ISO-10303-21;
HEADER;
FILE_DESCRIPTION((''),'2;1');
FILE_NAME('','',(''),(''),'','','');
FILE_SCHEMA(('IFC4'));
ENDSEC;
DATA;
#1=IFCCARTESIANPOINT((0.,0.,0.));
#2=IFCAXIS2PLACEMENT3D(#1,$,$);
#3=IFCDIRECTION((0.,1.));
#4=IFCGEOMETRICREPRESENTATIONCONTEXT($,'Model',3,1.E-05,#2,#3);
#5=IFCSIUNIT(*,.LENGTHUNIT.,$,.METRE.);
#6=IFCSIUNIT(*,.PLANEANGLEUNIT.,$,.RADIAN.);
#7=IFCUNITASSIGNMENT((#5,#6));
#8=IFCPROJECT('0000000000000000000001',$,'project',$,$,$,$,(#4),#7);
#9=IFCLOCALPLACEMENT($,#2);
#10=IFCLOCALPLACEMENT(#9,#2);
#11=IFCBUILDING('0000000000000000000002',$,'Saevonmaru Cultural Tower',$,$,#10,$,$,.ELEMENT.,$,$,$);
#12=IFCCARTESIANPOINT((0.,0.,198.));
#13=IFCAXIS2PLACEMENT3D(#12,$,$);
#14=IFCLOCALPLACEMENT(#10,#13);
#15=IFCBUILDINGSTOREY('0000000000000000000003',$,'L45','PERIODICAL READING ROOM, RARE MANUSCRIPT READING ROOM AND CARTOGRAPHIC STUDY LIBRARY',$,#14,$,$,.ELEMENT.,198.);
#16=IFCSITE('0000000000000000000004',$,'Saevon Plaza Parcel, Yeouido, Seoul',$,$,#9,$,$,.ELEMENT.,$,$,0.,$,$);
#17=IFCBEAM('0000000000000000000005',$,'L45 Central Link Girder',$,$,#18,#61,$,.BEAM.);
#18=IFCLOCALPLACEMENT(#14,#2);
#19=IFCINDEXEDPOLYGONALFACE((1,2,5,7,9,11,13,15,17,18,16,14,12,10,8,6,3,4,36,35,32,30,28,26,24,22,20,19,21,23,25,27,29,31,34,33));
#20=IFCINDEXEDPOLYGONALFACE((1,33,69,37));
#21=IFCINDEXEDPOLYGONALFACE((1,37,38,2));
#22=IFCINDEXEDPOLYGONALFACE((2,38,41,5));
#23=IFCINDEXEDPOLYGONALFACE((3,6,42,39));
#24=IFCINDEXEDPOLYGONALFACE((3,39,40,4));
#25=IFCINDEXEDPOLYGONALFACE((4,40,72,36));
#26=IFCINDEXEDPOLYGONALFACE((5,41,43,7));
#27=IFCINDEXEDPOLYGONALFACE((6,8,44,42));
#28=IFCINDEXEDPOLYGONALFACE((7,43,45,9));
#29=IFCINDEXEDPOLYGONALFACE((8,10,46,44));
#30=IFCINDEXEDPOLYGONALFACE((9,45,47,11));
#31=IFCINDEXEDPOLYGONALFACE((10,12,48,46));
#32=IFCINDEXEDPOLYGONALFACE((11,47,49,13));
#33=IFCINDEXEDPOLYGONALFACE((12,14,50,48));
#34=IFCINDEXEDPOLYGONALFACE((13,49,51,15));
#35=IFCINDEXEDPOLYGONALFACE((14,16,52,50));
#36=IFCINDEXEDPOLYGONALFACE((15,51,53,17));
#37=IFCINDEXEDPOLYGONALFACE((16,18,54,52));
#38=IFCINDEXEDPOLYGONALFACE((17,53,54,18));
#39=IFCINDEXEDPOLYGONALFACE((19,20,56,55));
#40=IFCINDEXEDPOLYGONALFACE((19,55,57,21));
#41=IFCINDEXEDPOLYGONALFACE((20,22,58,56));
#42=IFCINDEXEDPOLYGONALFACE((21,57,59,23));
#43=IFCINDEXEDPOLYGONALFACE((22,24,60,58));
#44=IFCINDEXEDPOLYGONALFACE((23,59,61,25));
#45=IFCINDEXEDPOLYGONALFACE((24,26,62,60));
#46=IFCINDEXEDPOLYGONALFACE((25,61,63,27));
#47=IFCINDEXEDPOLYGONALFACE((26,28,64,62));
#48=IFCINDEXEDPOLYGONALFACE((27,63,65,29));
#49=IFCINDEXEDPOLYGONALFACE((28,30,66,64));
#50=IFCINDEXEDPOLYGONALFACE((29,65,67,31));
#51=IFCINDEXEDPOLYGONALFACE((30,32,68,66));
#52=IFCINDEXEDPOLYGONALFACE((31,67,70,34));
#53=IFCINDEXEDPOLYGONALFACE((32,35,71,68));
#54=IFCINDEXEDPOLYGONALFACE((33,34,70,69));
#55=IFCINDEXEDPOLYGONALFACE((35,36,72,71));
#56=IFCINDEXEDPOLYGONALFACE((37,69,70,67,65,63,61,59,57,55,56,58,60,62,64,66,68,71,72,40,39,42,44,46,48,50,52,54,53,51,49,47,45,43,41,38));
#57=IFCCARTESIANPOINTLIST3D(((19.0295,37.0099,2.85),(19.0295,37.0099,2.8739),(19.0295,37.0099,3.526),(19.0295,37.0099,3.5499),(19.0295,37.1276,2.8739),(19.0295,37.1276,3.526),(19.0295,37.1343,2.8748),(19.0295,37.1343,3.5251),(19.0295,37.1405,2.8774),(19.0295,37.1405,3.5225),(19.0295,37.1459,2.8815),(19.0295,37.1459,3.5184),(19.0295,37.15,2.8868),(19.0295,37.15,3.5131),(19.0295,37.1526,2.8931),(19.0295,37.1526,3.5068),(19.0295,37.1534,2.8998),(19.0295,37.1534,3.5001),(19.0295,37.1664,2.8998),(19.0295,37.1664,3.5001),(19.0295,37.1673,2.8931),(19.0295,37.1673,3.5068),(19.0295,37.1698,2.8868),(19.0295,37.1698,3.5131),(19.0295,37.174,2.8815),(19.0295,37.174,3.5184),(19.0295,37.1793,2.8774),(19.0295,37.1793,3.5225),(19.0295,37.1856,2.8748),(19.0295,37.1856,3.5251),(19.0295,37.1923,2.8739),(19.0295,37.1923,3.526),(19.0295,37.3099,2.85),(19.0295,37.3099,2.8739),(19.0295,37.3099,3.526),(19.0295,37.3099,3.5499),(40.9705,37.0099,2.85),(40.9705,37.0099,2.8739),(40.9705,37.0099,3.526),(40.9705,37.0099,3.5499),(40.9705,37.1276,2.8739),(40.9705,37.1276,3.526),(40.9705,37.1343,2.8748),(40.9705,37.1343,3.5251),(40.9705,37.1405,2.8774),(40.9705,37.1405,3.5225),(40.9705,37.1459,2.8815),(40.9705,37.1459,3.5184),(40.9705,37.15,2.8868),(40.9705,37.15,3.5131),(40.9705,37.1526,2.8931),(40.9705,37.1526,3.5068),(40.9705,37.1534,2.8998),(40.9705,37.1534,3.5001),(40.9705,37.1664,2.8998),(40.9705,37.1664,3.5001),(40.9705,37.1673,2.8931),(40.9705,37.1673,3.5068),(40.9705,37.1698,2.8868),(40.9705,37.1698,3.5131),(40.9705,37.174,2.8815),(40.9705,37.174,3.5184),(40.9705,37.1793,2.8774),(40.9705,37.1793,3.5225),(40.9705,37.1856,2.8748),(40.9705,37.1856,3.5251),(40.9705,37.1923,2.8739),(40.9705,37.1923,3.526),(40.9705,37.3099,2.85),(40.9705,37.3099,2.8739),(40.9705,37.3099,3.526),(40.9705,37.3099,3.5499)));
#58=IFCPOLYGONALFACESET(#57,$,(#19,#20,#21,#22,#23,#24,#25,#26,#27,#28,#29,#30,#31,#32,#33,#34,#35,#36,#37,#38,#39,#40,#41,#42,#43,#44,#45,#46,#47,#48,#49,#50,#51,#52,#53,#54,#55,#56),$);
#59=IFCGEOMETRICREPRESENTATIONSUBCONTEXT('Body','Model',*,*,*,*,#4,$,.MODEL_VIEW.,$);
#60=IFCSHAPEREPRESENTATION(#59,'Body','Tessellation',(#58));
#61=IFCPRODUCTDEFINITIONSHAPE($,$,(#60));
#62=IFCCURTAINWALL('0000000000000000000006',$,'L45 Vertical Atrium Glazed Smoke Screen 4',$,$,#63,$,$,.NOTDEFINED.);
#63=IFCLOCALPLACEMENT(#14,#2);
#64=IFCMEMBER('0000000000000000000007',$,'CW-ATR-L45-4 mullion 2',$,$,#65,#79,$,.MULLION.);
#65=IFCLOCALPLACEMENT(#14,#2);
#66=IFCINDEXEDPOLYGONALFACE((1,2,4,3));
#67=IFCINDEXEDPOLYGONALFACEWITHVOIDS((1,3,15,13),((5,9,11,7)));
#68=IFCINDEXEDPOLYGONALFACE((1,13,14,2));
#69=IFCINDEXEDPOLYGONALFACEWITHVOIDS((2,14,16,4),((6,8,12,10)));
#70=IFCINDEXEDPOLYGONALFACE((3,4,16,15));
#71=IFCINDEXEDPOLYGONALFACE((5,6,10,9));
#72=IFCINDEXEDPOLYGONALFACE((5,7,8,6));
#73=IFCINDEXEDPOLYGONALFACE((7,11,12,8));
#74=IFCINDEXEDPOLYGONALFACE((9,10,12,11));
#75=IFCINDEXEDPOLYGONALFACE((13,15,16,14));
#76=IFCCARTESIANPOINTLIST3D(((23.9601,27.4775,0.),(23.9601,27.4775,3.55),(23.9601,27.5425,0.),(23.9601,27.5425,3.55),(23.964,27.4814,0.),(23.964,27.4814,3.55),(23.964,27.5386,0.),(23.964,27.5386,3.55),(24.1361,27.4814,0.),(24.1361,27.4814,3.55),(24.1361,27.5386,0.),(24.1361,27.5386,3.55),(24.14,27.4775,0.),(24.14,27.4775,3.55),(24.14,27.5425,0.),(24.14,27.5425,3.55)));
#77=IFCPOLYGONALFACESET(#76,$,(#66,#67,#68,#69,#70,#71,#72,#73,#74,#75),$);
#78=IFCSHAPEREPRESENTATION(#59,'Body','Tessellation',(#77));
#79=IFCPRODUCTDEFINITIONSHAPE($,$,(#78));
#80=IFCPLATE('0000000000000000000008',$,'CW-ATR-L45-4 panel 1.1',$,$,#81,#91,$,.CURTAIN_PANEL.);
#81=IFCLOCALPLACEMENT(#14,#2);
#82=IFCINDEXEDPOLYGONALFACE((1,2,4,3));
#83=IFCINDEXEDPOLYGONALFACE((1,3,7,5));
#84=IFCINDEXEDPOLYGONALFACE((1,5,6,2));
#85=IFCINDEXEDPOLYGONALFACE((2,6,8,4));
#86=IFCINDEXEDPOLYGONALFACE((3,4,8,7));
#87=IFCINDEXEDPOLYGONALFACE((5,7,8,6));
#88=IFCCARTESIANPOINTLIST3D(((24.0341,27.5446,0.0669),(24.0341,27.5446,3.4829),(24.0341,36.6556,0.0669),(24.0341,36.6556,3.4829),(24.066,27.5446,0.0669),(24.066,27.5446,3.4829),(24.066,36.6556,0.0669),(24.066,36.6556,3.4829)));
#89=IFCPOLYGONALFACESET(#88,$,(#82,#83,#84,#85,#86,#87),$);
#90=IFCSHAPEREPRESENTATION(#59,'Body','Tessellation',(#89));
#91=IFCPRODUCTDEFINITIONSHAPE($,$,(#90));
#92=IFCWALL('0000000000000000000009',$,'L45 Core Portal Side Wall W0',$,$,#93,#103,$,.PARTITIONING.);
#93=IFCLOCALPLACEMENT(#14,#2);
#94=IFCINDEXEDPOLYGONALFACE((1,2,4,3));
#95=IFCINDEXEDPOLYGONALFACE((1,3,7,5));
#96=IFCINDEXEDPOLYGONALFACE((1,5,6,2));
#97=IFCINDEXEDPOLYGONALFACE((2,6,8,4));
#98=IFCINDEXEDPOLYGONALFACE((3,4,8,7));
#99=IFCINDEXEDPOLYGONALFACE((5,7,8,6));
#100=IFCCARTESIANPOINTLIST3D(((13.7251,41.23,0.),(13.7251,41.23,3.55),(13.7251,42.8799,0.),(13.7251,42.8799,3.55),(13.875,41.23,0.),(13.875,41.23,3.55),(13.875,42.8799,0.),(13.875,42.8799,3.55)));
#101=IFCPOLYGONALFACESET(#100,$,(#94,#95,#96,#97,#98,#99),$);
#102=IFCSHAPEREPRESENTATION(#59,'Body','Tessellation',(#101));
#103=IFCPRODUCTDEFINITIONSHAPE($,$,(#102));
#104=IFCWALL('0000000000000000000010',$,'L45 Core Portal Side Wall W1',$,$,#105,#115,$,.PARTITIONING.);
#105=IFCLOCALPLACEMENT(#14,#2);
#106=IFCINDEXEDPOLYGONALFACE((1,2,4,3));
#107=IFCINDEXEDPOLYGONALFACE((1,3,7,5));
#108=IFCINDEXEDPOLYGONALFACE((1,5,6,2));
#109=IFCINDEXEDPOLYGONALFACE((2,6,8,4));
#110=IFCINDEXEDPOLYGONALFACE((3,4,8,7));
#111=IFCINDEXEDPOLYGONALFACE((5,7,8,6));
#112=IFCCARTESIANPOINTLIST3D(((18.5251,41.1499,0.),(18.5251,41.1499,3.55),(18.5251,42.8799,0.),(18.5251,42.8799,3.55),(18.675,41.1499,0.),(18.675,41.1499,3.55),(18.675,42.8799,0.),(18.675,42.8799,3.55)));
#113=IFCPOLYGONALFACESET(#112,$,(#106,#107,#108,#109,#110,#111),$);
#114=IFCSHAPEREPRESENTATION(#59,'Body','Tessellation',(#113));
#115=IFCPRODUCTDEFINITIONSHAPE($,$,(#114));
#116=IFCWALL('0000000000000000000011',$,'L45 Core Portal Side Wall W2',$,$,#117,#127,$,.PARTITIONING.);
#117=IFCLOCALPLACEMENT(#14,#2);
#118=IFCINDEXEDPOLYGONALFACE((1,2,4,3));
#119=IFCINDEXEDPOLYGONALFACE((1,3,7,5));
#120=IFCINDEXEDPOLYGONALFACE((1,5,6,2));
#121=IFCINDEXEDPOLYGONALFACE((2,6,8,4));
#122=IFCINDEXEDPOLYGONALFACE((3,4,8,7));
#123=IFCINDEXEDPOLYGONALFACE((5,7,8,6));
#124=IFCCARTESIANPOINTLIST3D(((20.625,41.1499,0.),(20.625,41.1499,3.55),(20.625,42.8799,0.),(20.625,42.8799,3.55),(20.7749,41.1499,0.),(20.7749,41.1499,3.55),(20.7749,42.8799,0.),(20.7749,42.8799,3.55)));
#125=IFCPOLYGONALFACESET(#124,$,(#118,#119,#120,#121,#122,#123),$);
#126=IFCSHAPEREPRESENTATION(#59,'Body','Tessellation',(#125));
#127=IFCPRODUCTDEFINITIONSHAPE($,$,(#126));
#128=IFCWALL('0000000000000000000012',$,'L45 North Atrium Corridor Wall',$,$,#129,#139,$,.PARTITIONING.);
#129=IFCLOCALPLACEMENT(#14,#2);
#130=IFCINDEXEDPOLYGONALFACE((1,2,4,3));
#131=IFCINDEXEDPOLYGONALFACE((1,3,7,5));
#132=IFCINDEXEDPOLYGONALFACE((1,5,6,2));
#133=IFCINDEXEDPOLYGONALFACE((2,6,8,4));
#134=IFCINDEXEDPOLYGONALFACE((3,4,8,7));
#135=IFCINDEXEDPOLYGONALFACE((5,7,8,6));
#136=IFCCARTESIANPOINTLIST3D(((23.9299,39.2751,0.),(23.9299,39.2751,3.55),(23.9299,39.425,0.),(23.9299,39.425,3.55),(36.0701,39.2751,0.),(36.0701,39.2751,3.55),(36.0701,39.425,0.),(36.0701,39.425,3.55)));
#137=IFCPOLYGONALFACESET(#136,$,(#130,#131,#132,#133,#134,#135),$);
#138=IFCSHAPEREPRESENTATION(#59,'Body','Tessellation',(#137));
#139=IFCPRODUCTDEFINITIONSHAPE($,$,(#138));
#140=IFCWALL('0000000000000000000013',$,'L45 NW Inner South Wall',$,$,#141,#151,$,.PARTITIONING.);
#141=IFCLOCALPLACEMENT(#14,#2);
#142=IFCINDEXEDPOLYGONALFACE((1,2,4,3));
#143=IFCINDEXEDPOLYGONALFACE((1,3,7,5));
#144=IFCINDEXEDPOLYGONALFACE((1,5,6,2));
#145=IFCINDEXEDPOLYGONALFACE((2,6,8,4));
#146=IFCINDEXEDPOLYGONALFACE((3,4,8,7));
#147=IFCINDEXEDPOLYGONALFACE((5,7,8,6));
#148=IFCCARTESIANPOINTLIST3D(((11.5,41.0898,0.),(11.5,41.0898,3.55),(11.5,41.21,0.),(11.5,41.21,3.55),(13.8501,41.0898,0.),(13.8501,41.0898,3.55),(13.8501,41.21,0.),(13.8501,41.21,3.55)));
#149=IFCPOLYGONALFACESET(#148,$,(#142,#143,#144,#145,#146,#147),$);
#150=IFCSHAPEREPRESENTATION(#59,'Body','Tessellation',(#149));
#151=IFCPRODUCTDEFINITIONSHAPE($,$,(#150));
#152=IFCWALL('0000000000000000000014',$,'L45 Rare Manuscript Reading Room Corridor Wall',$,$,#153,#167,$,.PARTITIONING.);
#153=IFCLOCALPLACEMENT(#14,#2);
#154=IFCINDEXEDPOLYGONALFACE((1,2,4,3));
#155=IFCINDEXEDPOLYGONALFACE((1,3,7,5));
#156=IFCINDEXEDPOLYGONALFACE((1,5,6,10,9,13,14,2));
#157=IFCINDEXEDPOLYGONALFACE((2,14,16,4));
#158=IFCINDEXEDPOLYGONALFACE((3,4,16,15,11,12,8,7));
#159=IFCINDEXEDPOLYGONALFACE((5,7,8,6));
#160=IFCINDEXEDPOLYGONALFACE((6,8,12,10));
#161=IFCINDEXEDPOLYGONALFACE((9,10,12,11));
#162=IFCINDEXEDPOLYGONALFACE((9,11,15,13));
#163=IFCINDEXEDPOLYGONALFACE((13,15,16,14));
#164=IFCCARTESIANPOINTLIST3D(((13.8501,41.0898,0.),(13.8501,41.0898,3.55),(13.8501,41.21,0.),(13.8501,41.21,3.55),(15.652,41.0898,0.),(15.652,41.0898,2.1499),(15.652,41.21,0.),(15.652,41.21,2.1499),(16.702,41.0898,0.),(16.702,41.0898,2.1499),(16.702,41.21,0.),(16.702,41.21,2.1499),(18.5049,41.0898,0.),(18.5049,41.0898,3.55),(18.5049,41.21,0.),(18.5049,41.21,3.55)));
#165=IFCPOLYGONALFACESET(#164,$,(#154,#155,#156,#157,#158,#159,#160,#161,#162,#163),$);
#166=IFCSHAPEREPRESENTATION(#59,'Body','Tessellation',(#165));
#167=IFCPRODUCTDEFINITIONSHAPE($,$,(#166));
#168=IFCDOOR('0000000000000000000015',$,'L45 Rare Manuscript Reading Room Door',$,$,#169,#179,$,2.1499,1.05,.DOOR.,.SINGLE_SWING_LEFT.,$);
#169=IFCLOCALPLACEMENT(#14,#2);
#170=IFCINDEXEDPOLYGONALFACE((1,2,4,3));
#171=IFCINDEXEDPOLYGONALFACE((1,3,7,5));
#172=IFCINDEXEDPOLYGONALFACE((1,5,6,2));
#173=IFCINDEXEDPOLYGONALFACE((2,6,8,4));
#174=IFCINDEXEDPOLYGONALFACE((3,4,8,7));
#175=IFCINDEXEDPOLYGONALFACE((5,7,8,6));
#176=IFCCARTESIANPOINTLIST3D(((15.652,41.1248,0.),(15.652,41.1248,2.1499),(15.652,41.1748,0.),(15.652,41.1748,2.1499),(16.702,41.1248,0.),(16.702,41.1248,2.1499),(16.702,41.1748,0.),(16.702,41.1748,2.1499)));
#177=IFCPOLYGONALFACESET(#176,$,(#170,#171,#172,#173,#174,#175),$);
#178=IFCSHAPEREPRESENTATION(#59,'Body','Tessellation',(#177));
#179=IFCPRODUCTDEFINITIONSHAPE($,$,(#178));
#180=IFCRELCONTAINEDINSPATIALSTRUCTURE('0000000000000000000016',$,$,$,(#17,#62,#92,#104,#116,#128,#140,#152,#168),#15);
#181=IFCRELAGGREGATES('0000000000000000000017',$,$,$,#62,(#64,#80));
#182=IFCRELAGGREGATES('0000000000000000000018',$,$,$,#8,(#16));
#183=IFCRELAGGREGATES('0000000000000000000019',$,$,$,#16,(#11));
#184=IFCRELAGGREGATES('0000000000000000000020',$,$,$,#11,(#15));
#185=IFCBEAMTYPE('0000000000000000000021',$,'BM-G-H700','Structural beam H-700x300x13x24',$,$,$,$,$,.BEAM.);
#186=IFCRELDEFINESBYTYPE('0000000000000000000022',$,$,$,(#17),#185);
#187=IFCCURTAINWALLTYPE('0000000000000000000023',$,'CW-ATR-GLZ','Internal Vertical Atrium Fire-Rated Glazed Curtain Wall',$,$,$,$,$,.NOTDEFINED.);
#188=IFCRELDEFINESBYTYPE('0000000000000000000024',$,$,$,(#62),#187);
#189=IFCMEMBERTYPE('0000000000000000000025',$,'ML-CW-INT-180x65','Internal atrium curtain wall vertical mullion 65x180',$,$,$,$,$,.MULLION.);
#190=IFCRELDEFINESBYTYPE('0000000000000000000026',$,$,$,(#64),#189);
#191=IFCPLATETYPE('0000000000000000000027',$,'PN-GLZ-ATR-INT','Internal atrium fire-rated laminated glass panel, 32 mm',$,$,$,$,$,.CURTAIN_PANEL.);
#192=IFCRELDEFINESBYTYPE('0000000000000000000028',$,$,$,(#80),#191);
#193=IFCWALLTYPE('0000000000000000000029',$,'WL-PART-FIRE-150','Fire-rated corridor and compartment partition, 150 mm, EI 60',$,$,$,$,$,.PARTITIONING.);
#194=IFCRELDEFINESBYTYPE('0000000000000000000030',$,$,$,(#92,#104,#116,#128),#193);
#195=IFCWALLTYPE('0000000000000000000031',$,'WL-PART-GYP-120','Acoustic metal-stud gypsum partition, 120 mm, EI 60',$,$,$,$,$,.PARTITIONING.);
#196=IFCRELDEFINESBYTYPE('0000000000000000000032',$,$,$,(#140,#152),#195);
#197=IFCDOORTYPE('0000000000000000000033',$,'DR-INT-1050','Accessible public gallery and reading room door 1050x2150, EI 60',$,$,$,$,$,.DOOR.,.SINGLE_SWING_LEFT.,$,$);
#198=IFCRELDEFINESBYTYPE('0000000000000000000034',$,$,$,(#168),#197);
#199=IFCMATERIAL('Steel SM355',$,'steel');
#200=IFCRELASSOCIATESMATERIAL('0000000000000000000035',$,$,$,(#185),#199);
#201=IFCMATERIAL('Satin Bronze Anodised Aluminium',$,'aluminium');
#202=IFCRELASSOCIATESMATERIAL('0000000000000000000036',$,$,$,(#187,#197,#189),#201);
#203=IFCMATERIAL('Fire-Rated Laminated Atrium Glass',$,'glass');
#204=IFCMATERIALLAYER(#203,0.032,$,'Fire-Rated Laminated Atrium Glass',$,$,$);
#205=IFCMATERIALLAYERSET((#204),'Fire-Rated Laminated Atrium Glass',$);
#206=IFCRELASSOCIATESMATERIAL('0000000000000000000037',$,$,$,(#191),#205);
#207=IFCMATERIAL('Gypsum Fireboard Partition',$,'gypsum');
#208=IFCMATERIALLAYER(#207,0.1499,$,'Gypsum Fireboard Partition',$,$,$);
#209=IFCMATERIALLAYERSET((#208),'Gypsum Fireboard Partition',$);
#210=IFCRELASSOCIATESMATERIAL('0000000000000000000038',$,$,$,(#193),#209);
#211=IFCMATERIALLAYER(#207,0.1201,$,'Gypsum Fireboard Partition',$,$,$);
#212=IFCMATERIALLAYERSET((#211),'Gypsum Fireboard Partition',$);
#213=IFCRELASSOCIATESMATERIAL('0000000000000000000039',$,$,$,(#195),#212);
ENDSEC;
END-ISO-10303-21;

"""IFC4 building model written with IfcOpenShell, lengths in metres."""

from ifc_helpers import new_model, si_unit, direction, frame, frame_2d, origin, origin_2d, place, context, subcontext, project, spatial, rectangle, hollow_rectangle, i_section, extrude, material, layer, layer_set, material_profile, profile_set, type_object, element, fill, aggregate, save


model = new_model("IFC4")

# Units and contexts
model_context = context("Model", 3, precision=1e-05, world=origin(), true_north=direction((0.0, 1.0)))
body_context = subcontext(model_context, "Body", "Model", "MODEL_VIEW")
ifc_project = project(units=[si_unit("LENGTHUNIT", "METRE"), si_unit("PLANEANGLEUNIT", "RADIAN")], contexts=[model_context])

# Site, building, storey
site_placement = place(None, origin())
site = spatial("IfcSite", under=ifc_project, at=site_placement, Name="Saevon Plaza Parcel, Yeouido, Seoul", CompositionType="ELEMENT", RefElevation=0.0)
building_placement = place(site_placement, origin())
building = spatial("IfcBuilding", under=site, at=building_placement, Name="Saevonmaru Cultural Tower", CompositionType="ELEMENT")
storey_placement = place(building_placement, frame((0.0, 0.0, 198.0)))
storey = spatial("IfcBuildingStorey", under=building, at=storey_placement, Name="L45", Description="PERIODICAL READING ROOM, RARE MANUSCRIPT READING ROOM AND CARTOGRAPHIC STUDY LIBRARY", CompositionType="ELEMENT", Elevation=198.0)

# Shared definitions
ifc_material_1 = material(Name="Steel SM355", Category="steel")

# Beam
ifc_material_profile_1 = material_profile(ifc_material_1, i_section(OverallWidth=0.3, OverallDepth=0.7, WebThickness=0.0129, FlangeThickness=0.0239, FilletRadius=0.0259, at=origin_2d()), Name="H-700x300x13x24")
ifc_profile_set_1 = profile_set([ifc_material_profile_1], Name="Steel SM355")
beam_type = type_object("IfcBeamType", Name="BM-G-H700", Description="Structural beam H-700x300x13x24", PredefinedType="BEAM", material=ifc_profile_set_1)
beam_1_placement = place(storey_placement, frame((19.0295, 37.1599, 3.2), z_axis=(1.0, 0.0, 0.0), x_axis=(0.0, 1.0, 0.0)))
element("IfcBeam", 1, at=beam_1_placement, inside=storey, type_object=beam_type, Name="L45 Central Link Girder", PredefinedType="BEAM", context=body_context, shape_type="SweptSolid", body=[
    extrude(i_section(OverallWidth=0.3, OverallDepth=0.7, WebThickness=0.0129, FlangeThickness=0.0239, FilletRadius=0.0259, at=origin_2d()), origin(), (0.0, 0.0, 1.0), 21.9409),
])

# Curtain wall, member, plate
ifc_material_2 = material(Name="Satin Bronze Anodised Aluminium", Category="aluminium")
curtain_wall_type = type_object("IfcCurtainWallType", Name="CW-ATR-GLZ", Description="Internal Vertical Atrium Fire-Rated Glazed Curtain Wall", PredefinedType="NOTDEFINED", material=ifc_material_2)
curtain_wall_placement = place(storey_placement, origin())
curtain_wall = element("IfcCurtainWall", 2, at=curtain_wall_placement, inside=storey, type_object=curtain_wall_type, Name="L45 Vertical Atrium Glazed Smoke Screen 4", PredefinedType="NOTDEFINED")
ifc_material_profile_2 = material_profile(ifc_material_2, hollow_rectangle(XDim=0.0649, YDim=0.1799, WallThickness=0.0039, at=origin_2d()), Name="ALU-MULL-180x65x4")
ifc_profile_set_2 = profile_set([ifc_material_profile_2], Name="Satin Bronze Anodised Aluminium")
member_type = type_object("IfcMemberType", Name="ML-CW-INT-180x65", Description="Internal atrium curtain wall vertical mullion 65x180", PredefinedType="MULLION", material=ifc_profile_set_2)
member_placement = place(storey_placement, frame((24.05, 27.51, 0.0), z_axis=(0.0, 0.0, 1.0), x_axis=(0.0, -1.0, 0.0)))
member = element("IfcMember", 3, at=member_placement, type_object=member_type, Name="CW-ATR-L45-4 mullion 2", PredefinedType="MULLION", context=body_context, shape_type="SweptSolid", body=[
    extrude(hollow_rectangle(XDim=0.0649, YDim=0.1799, WallThickness=0.0039, at=origin_2d()), origin(), (0.0, 0.0, 1.0), 3.55),
])
ifc_material_3 = material(Name="Fire-Rated Laminated Atrium Glass", Category="glass")
ifc_layer_1 = layer(ifc_material_3, 0.032, Name="Fire-Rated Laminated Atrium Glass")
ifc_layer_set_1 = layer_set([ifc_layer_1], Name="Fire-Rated Laminated Atrium Glass")
plate_type = type_object("IfcPlateType", Name="PN-GLZ-ATR-INT", Description="Internal atrium fire-rated laminated glass panel, 32 mm", PredefinedType="CURTAIN_PANEL", material=ifc_layer_set_1)
plate_placement = place(storey_placement, frame((24.05, 32.1001, 0.0669), z_axis=(0.0, 0.0, 1.0), x_axis=(0.0, -1.0, 0.0)))
plate = element("IfcPlate", 4, at=plate_placement, type_object=plate_type, Name="CW-ATR-L45-4 panel 1.1", PredefinedType="CURTAIN_PANEL", context=body_context, shape_type="SweptSolid", body=[
    extrude(rectangle(XDim=9.1111, YDim=0.032, at=origin_2d()), origin(), (0.0, 0.0, 1.0), 3.416),
])
aggregate(curtain_wall, [member, plate])

# Walls
ifc_material_4 = material(Name="Gypsum Fireboard Partition", Category="gypsum")
ifc_layer_2 = layer(ifc_material_4, 0.1499, Name="Gypsum Fireboard Partition")
ifc_layer_set_2 = layer_set([ifc_layer_2], Name="Gypsum Fireboard Partition")
wall_type_1 = type_object("IfcWallType", Name="WL-PART-FIRE-150", Description="Fire-rated corridor and compartment partition, 150 mm, EI 60", PredefinedType="PARTITIONING", material=ifc_layer_set_2)
wall_1_placement = place(storey_placement, frame((13.8, 41.23, 0.0), z_axis=(0.0, 0.0, 1.0), x_axis=(0.0, 1.0, 0.0)))
element("IfcWall", 5, at=wall_1_placement, inside=storey, type_object=wall_type_1, Name="L45 Core Portal Side Wall W0", PredefinedType="PARTITIONING", context=body_context, shape_type="SweptSolid", body=[
    extrude(rectangle(XDim=1.6499, YDim=0.1499, at=frame_2d((0.825, 0.0))), origin(), (0.0, 0.0, 1.0), 3.55),
])
for number, where, z_axis, x_axis, name in (
    (6, (18.6001, 41.1499, 0.0), (0.0, 0.0, 1.0), (0.0, 1.0, 0.0), "L45 Core Portal Side Wall W1"),
    (7, (20.7, 41.1499, 0.0), (0.0, 0.0, 1.0), (0.0, 1.0, 0.0), "L45 Core Portal Side Wall W2"),
):
    element("IfcWall", number, at=place(storey_placement, frame(where, z_axis=z_axis, x_axis=x_axis)), inside=storey, type_object=wall_type_1, Name=name, PredefinedType="PARTITIONING", context=body_context, shape_type="SweptSolid", body=[
        extrude(rectangle(XDim=1.73, YDim=0.1499, at=frame_2d((0.865, 0.0))), origin(), (0.0, 0.0, 1.0), 3.55),
    ])
wall_2_placement = place(storey_placement, frame((23.9299, 39.3501, 0.0), z_axis=(0.0, 0.0, 1.0), x_axis=(1.0, 0.0, 0.0)))
element("IfcWall", 8, at=wall_2_placement, inside=storey, type_object=wall_type_1, Name="L45 North Atrium Corridor Wall", PredefinedType="PARTITIONING", context=body_context, shape_type="SweptSolid", body=[
    extrude(rectangle(XDim=12.1401, YDim=0.1499, at=frame_2d((6.0701, 0.0))), origin(), (0.0, 0.0, 1.0), 3.55),
])
ifc_layer_3 = layer(ifc_material_4, 0.1201, Name="Gypsum Fireboard Partition")
ifc_layer_set_3 = layer_set([ifc_layer_3], Name="Gypsum Fireboard Partition")
wall_type_2 = type_object("IfcWallType", Name="WL-PART-GYP-120", Description="Acoustic metal-stud gypsum partition, 120 mm, EI 60", PredefinedType="PARTITIONING", material=ifc_layer_set_3)
wall_3_placement = place(storey_placement, frame((11.5, 41.1499, 0.0), z_axis=(0.0, 0.0, 1.0), x_axis=(1.0, 0.0, 0.0)))
element("IfcWall", 9, at=wall_3_placement, inside=storey, type_object=wall_type_2, Name="L45 NW Inner South Wall", PredefinedType="PARTITIONING", context=body_context, shape_type="SweptSolid", body=[
    extrude(rectangle(XDim=2.3501, YDim=0.1201, at=frame_2d((1.175, 0.0))), origin(), (0.0, 0.0, 1.0), 3.55),
])

# Wall, opening, door
door_type = type_object("IfcDoorType", Name="DR-INT-1050", Description="Accessible public gallery and reading room door 1050x2150, EI 60", OperationType="SINGLE_SWING_LEFT", PredefinedType="DOOR", material=ifc_material_2)
wall_4_placement = place(storey_placement, frame((13.8501, 41.1499, 0.0), z_axis=(0.0, 0.0, 1.0), x_axis=(1.0, 0.0, 0.0)))
wall_4 = element("IfcWall", 10, at=wall_4_placement, inside=storey, type_object=wall_type_2, Name="L45 Rare Manuscript Reading Room Corridor Wall", PredefinedType="PARTITIONING", context=body_context, shape_type="SweptSolid", body=[
    extrude(rectangle(XDim=4.6548, YDim=0.1201, at=frame_2d((2.3274, 0.0))), origin(), (0.0, 0.0, 1.0), 3.55),
])
opening_1_placement = place(wall_4_placement, frame((1.802, 0.0, 0.0)))
opening_1 = element("IfcOpeningElement", 11, at=opening_1_placement, cuts=wall_4, PredefinedType="OPENING", context=body_context, shape_type="SweptSolid", body=[
    extrude(rectangle(XDim=1.05, YDim=2.1499, at=frame_2d((0.5249, 1.075))), frame((0.0, 0.0701, 0.0), z_axis=(0.0, -1.0, 0.0), x_axis=(1.0, 0.0, 0.0)), (0.0, 0.0, 1.0), 0.1401),
])
door_1_placement = place(opening_1_placement, origin())
door_1 = element("IfcDoor", 12, at=door_1_placement, inside=storey, type_object=door_type, Name="L45 Rare Manuscript Reading Room Door", OperationType="SINGLE_SWING_LEFT", OverallHeight=2.1499, OverallWidth=1.05, PredefinedType="DOOR", context=body_context, shape_type="SweptSolid", body=[
    extrude(rectangle(XDim=1.05, YDim=2.1499, at=frame_2d((0.5249, 1.075))), frame((0.0, 0.0249, 0.0), z_axis=(0.0, -1.0, 0.0), x_axis=(1.0, 0.0, 0.0)), (0.0, 0.0, 1.0), 0.05),
])
fill(opening_1, door_1)

save(model, "model.ifc")
